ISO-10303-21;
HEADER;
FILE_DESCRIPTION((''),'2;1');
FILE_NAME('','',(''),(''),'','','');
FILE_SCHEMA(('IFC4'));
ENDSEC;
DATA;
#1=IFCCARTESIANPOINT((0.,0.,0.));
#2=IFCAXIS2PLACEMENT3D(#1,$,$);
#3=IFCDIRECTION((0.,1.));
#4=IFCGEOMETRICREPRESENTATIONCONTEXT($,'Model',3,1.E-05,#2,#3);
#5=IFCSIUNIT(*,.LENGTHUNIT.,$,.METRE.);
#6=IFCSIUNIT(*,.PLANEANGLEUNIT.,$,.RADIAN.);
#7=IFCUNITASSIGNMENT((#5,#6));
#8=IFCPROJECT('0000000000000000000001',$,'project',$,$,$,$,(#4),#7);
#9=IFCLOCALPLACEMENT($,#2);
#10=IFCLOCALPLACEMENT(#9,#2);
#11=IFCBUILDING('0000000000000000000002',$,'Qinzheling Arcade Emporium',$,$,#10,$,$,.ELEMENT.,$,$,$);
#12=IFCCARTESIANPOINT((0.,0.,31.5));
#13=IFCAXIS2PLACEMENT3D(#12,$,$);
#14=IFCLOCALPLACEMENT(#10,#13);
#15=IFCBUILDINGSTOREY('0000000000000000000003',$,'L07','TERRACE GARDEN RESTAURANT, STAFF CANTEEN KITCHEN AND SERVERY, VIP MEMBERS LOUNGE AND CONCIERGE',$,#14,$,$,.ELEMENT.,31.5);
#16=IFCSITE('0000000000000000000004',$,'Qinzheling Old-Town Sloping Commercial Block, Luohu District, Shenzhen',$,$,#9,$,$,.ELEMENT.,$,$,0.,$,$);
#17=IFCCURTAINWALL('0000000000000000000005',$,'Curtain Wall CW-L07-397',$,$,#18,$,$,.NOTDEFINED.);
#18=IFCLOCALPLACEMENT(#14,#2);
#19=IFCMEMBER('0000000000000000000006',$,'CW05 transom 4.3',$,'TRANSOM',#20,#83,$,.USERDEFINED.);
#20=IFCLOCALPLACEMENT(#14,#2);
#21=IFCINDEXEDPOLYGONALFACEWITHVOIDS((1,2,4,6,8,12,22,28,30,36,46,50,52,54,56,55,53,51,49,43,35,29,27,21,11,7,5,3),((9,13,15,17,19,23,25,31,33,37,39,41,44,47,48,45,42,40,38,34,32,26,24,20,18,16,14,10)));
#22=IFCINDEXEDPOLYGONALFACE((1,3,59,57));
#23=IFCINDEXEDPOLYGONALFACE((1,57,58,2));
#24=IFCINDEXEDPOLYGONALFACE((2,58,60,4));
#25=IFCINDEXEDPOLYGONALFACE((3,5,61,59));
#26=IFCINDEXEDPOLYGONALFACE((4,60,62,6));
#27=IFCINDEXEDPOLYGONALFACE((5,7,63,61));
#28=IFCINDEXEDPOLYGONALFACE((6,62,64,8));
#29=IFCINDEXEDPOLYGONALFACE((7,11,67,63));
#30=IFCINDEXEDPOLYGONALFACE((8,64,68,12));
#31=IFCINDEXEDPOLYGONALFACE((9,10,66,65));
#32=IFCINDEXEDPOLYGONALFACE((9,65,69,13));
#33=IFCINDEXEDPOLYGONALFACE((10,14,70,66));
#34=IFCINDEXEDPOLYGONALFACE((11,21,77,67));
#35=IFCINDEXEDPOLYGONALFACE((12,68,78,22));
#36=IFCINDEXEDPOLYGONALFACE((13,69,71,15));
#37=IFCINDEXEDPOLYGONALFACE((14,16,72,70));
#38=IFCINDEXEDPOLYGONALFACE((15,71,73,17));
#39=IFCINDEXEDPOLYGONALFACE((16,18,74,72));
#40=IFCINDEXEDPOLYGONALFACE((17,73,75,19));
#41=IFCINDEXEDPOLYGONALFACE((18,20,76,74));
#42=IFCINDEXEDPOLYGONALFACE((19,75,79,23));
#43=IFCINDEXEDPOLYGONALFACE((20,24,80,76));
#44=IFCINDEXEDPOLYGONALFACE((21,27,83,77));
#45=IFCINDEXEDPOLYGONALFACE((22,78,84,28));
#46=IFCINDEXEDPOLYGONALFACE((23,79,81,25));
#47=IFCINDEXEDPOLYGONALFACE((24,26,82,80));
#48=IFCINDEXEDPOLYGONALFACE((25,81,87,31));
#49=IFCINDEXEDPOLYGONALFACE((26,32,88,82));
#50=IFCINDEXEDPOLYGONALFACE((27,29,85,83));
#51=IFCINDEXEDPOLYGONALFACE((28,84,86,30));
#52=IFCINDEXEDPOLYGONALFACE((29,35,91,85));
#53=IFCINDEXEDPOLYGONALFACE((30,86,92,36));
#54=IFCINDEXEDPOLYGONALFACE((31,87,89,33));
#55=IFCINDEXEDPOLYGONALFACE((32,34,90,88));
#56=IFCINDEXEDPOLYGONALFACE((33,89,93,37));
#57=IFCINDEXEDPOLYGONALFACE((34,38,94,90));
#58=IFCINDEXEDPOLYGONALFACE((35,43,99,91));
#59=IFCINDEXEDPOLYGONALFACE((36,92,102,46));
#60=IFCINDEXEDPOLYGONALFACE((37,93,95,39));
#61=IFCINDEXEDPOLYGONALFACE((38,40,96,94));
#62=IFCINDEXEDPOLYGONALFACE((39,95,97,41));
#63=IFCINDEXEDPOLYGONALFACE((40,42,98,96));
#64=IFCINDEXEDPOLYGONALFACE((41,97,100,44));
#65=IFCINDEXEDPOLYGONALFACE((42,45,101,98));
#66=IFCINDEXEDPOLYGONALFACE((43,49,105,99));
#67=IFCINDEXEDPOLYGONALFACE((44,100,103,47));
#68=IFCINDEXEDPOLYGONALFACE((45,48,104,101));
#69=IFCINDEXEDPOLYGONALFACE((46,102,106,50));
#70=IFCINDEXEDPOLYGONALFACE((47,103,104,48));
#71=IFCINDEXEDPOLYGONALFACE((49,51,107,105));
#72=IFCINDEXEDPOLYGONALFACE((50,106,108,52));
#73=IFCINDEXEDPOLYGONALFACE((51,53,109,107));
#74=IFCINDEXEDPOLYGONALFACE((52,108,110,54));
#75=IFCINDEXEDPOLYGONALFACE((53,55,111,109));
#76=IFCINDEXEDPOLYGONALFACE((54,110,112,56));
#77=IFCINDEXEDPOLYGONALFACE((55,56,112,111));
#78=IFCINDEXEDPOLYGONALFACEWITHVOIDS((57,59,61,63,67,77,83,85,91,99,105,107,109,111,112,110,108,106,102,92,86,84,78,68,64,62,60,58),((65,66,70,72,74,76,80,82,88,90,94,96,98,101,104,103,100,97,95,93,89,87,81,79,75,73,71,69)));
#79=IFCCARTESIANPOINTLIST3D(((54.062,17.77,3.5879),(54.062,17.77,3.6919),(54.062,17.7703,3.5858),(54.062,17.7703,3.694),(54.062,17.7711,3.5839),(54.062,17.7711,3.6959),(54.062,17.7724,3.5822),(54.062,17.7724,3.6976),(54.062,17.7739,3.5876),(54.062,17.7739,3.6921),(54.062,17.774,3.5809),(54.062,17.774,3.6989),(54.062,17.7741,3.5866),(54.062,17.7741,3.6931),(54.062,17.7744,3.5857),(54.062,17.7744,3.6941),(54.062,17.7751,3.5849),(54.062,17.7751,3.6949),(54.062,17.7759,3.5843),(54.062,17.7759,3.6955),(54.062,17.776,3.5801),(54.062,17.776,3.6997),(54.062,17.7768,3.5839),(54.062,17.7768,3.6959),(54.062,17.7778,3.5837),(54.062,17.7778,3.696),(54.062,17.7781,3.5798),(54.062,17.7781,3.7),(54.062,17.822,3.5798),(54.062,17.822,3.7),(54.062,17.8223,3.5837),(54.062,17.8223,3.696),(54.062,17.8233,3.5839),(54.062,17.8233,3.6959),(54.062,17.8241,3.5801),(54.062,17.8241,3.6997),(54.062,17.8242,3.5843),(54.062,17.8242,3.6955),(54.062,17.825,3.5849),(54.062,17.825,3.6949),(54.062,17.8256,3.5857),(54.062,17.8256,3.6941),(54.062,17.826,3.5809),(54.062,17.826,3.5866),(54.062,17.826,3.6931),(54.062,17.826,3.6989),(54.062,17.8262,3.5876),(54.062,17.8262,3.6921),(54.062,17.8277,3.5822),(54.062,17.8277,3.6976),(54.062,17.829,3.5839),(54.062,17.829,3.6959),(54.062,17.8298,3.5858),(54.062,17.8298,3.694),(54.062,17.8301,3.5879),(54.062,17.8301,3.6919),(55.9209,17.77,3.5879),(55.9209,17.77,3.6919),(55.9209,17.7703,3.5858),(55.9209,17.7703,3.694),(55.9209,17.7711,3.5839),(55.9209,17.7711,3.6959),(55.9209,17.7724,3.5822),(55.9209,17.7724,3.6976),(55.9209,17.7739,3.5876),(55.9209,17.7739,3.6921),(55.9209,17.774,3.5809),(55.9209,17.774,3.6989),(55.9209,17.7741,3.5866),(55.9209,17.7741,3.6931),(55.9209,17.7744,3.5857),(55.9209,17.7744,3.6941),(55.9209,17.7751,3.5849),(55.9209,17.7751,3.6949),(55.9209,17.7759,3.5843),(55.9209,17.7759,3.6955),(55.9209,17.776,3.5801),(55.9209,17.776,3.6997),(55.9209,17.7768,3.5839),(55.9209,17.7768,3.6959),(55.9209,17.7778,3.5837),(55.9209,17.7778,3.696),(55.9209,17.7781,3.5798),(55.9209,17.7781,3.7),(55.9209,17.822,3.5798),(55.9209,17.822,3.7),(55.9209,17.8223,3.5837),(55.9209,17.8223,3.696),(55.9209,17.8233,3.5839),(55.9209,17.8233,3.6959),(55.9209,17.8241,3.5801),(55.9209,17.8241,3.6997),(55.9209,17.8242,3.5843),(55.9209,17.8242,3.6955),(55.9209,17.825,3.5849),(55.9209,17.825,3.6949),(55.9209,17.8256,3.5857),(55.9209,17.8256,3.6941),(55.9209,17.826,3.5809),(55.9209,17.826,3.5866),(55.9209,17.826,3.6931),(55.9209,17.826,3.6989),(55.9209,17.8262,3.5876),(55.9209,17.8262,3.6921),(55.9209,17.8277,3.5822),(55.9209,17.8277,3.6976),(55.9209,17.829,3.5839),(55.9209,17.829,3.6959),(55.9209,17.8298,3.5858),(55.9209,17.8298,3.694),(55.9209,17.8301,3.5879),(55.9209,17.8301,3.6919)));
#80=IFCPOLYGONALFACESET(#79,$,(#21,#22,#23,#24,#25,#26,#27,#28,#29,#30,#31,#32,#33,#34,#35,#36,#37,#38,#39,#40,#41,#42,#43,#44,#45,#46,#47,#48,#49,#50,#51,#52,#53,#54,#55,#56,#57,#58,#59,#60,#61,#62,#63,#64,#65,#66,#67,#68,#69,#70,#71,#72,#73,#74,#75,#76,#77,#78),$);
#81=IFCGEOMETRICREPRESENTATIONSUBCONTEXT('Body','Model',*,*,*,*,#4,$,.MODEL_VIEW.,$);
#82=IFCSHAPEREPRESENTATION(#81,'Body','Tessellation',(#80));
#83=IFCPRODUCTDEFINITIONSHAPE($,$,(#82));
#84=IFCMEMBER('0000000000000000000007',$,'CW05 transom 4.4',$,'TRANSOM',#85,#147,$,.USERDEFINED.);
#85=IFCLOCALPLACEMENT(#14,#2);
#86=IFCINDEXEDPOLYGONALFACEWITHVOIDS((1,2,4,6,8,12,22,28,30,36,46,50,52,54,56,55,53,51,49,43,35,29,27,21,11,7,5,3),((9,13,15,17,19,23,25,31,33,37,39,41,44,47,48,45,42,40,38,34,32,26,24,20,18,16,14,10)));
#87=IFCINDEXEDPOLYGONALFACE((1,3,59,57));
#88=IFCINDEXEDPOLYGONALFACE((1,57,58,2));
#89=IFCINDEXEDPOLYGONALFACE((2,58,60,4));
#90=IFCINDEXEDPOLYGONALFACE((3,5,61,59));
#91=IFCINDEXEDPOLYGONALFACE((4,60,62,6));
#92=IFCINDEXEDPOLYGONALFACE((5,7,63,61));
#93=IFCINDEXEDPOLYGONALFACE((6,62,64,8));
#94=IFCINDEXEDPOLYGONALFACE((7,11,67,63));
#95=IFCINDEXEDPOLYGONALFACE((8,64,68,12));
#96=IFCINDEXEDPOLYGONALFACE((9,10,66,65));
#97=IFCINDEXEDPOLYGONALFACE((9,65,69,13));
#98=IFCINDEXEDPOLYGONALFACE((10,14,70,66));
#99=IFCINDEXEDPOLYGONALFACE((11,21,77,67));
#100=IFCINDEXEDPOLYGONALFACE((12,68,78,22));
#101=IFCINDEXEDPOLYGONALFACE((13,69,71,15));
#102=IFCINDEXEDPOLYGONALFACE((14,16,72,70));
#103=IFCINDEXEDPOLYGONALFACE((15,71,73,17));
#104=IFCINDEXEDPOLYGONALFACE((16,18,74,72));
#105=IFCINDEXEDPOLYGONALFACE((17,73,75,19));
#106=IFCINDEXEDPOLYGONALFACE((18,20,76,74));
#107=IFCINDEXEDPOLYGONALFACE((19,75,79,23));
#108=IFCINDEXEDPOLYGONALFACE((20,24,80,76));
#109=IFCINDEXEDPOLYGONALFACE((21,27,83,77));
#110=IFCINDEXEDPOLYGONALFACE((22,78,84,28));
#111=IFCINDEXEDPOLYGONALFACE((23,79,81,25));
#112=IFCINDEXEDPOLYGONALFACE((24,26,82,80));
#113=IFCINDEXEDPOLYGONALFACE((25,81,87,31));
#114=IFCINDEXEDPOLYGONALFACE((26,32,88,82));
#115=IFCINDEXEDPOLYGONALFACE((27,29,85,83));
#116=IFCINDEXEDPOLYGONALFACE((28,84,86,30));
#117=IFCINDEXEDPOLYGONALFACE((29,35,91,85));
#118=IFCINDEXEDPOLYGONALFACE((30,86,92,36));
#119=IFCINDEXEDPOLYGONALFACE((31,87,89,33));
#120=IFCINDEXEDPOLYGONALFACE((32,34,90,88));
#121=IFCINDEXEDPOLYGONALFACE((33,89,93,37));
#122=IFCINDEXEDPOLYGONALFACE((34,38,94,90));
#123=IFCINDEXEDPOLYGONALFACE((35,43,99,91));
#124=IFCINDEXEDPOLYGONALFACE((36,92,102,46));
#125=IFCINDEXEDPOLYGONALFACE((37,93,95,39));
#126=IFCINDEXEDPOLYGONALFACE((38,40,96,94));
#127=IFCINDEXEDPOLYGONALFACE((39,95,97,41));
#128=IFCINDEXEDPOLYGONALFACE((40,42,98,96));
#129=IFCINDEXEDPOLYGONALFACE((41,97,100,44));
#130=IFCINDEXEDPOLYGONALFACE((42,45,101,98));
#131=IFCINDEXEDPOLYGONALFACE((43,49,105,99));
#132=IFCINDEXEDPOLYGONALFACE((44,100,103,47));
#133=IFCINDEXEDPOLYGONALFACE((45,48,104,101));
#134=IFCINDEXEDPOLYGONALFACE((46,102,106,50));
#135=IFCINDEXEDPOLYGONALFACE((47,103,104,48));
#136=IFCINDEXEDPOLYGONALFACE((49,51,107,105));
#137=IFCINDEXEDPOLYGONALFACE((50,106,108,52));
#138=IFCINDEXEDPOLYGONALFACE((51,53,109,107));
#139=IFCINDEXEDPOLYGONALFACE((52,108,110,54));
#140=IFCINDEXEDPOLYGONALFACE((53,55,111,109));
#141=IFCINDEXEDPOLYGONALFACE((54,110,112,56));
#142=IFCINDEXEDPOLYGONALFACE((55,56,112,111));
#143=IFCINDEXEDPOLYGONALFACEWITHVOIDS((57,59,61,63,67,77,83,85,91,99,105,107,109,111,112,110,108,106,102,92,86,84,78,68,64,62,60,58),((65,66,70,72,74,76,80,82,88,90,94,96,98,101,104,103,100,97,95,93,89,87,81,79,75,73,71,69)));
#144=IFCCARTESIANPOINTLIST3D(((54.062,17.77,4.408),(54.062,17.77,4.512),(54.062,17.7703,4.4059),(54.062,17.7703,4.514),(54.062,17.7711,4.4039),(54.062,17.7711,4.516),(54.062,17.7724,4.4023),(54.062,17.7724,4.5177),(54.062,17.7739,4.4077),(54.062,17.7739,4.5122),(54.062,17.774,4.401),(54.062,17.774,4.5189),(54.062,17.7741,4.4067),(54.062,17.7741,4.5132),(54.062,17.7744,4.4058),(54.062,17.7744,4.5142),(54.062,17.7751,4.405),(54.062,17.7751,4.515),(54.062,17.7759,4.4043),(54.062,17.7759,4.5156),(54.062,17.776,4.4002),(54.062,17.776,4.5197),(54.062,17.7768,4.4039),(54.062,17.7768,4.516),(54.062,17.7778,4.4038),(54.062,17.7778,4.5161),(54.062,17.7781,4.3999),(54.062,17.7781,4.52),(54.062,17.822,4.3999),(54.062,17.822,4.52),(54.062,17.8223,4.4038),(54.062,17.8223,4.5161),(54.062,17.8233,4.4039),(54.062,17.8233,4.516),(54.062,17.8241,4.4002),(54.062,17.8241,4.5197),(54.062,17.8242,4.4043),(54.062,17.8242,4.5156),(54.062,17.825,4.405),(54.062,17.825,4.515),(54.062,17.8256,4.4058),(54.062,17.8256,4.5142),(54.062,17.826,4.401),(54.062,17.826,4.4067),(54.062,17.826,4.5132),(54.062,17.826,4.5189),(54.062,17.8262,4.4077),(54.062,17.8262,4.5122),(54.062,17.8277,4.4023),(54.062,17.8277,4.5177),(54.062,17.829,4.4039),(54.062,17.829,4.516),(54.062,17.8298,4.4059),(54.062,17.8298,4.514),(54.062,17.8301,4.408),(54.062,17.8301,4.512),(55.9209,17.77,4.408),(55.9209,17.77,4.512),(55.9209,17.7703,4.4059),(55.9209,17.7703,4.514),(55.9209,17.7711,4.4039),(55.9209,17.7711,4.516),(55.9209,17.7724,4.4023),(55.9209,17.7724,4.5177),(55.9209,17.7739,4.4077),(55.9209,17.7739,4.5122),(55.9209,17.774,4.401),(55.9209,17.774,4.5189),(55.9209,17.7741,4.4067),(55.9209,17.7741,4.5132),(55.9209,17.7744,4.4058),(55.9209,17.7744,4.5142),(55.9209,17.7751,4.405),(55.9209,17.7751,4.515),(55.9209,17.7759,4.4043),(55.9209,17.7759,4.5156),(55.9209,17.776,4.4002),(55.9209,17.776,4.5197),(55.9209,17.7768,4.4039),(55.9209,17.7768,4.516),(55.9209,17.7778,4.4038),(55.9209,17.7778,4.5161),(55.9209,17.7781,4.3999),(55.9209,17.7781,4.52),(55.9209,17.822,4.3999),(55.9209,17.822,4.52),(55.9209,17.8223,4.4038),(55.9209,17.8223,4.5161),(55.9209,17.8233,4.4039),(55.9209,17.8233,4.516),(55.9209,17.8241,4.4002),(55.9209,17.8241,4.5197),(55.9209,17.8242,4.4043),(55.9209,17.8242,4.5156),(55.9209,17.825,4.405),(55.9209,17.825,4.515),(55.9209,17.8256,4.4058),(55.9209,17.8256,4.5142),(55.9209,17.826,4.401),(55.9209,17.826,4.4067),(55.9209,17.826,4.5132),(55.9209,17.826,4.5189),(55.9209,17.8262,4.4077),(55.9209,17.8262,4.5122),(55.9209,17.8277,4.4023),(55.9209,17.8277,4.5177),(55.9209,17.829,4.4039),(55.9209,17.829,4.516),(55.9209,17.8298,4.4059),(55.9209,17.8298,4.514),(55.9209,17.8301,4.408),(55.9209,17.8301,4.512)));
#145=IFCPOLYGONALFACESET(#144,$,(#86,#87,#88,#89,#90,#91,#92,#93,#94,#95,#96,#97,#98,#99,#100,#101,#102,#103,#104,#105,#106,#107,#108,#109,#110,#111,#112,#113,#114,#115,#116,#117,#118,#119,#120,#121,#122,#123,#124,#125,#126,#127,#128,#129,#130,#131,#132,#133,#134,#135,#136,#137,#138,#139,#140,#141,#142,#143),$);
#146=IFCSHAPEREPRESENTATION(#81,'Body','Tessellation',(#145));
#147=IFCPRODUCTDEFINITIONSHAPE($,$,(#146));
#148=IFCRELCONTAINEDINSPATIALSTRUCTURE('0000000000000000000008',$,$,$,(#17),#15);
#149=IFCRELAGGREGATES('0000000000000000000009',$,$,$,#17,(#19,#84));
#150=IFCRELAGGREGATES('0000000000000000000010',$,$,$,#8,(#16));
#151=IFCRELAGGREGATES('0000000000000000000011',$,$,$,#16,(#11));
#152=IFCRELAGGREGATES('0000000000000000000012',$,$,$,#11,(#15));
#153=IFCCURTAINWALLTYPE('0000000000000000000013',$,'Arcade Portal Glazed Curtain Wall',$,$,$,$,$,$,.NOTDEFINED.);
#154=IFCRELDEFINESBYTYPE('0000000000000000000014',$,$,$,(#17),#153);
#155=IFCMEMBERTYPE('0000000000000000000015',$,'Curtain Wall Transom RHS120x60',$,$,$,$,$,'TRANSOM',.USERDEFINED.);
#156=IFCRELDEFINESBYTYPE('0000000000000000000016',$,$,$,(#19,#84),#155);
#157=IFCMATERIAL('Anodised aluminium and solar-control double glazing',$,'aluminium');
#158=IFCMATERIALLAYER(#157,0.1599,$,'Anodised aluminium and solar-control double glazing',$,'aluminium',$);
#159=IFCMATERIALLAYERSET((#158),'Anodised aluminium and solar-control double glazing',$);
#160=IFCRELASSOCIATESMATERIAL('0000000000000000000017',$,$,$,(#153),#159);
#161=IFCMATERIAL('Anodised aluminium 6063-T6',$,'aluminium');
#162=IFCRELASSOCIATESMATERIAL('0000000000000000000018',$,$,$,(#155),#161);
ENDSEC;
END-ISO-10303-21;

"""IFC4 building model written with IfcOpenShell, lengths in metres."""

from ifc_helpers import new_model, si_unit, direction, frame, origin, origin_2d, place, context, subcontext, project, spatial, hollow_rectangle, extrude, material, layer, layer_set, material_profile, profile_set, type_object, element, aggregate, save


model = new_model("IFC4")

# Units and contexts
model_context = context("Model", 3, precision=1e-05, world=origin(), true_north=direction((0.0, 1.0)))
body_context = subcontext(model_context, "Body", "Model", "MODEL_VIEW")
ifc_project = project(units=[si_unit("LENGTHUNIT", "METRE"), si_unit("PLANEANGLEUNIT", "RADIAN")], contexts=[model_context])

# Site, building, storey
site_placement = place(None, origin())
site = spatial("IfcSite", under=ifc_project, at=site_placement, Name="Qinzheling Old-Town Sloping Commercial Block, Luohu District, Shenzhen", CompositionType="ELEMENT", RefElevation=0.0)
building_placement = place(site_placement, origin())
building = spatial("IfcBuilding", under=site, at=building_placement, Name="Qinzheling Arcade Emporium", CompositionType="ELEMENT")
storey_placement = place(building_placement, frame((0.0, 0.0, 31.5)))
storey = spatial("IfcBuildingStorey", under=building, at=storey_placement, Name="L07", Description="TERRACE GARDEN RESTAURANT, STAFF CANTEEN KITCHEN AND SERVERY, VIP MEMBERS LOUNGE AND CONCIERGE", CompositionType="ELEMENT", Elevation=31.5)

# Curtain wall
ifc_material_1 = material(Name="Anodised aluminium and solar-control double glazing", Category="aluminium")
ifc_layer_1 = layer(ifc_material_1, 0.1599, Name="Anodised aluminium and solar-control double glazing", Category="aluminium")
ifc_layer_set_1 = layer_set([ifc_layer_1], Name="Anodised aluminium and solar-control double glazing")
curtain_wall_type = type_object("IfcCurtainWallType", Name="Arcade Portal Glazed Curtain Wall", PredefinedType="NOTDEFINED", material=ifc_layer_set_1)
curtain_wall_1_placement = place(storey_placement, origin())
curtain_wall_1 = element("IfcCurtainWall", 1, at=curtain_wall_1_placement, inside=storey, type_object=curtain_wall_type, Name="Curtain Wall CW-L07-397", PredefinedType="NOTDEFINED")
ifc_material_2 = material(Name="Anodised aluminium 6063-T6", Category="aluminium")

# Members
ifc_material_profile_1 = material_profile(ifc_material_2, hollow_rectangle(XDim=0.0601, YDim=0.1201, WallThickness=0.0039, InnerFilletRadius=0.0039, OuterFilletRadius=0.0081, at=origin_2d()), Name="RHS 120x60x4", Category="aluminium")
ifc_profile_set_1 = profile_set([ifc_material_profile_1], Name="Anodised aluminium 6063-T6")
member_type_1 = type_object("IfcMemberType", Name="Curtain Wall Transom RHS120x60", ElementType="TRANSOM", PredefinedType="USERDEFINED", material=ifc_profile_set_1)
member_1_placement = place(storey_placement, frame((55.9209, 17.8, 3.6399), z_axis=(-1.0, 0.0, 0.0), x_axis=(0.0, -1.0, 0.0)))
member_1 = element("IfcMember", 2, at=member_1_placement, type_object=member_type_1, Name="CW05 transom 4.3", ObjectType="TRANSOM", PredefinedType="USERDEFINED", context=body_context, shape_type="SweptSolid", body=[
    extrude(hollow_rectangle(XDim=0.0601, YDim=0.1201, WallThickness=0.0039, InnerFilletRadius=0.0039, OuterFilletRadius=0.0081, at=origin_2d()), origin(), (0.0, 0.0, 1.0), 1.8589),
])
member_2_placement = place(storey_placement, frame((55.9209, 17.8, 4.46), z_axis=(-1.0, 0.0, 0.0), x_axis=(0.0, -1.0, 0.0)))
member_2 = element("IfcMember", 3, at=member_2_placement, type_object=member_type_1, Name="CW05 transom 4.4", ObjectType="TRANSOM", PredefinedType="USERDEFINED", context=body_context, shape_type="SweptSolid", body=[
    extrude(hollow_rectangle(XDim=0.0601, YDim=0.1201, WallThickness=0.0039, InnerFilletRadius=0.0039, OuterFilletRadius=0.0081, at=origin_2d()), origin(), (0.0, 0.0, 1.0), 1.8589),
])

aggregate(curtain_wall_1, [member_1, member_2])

save(model, "model.ifc")
